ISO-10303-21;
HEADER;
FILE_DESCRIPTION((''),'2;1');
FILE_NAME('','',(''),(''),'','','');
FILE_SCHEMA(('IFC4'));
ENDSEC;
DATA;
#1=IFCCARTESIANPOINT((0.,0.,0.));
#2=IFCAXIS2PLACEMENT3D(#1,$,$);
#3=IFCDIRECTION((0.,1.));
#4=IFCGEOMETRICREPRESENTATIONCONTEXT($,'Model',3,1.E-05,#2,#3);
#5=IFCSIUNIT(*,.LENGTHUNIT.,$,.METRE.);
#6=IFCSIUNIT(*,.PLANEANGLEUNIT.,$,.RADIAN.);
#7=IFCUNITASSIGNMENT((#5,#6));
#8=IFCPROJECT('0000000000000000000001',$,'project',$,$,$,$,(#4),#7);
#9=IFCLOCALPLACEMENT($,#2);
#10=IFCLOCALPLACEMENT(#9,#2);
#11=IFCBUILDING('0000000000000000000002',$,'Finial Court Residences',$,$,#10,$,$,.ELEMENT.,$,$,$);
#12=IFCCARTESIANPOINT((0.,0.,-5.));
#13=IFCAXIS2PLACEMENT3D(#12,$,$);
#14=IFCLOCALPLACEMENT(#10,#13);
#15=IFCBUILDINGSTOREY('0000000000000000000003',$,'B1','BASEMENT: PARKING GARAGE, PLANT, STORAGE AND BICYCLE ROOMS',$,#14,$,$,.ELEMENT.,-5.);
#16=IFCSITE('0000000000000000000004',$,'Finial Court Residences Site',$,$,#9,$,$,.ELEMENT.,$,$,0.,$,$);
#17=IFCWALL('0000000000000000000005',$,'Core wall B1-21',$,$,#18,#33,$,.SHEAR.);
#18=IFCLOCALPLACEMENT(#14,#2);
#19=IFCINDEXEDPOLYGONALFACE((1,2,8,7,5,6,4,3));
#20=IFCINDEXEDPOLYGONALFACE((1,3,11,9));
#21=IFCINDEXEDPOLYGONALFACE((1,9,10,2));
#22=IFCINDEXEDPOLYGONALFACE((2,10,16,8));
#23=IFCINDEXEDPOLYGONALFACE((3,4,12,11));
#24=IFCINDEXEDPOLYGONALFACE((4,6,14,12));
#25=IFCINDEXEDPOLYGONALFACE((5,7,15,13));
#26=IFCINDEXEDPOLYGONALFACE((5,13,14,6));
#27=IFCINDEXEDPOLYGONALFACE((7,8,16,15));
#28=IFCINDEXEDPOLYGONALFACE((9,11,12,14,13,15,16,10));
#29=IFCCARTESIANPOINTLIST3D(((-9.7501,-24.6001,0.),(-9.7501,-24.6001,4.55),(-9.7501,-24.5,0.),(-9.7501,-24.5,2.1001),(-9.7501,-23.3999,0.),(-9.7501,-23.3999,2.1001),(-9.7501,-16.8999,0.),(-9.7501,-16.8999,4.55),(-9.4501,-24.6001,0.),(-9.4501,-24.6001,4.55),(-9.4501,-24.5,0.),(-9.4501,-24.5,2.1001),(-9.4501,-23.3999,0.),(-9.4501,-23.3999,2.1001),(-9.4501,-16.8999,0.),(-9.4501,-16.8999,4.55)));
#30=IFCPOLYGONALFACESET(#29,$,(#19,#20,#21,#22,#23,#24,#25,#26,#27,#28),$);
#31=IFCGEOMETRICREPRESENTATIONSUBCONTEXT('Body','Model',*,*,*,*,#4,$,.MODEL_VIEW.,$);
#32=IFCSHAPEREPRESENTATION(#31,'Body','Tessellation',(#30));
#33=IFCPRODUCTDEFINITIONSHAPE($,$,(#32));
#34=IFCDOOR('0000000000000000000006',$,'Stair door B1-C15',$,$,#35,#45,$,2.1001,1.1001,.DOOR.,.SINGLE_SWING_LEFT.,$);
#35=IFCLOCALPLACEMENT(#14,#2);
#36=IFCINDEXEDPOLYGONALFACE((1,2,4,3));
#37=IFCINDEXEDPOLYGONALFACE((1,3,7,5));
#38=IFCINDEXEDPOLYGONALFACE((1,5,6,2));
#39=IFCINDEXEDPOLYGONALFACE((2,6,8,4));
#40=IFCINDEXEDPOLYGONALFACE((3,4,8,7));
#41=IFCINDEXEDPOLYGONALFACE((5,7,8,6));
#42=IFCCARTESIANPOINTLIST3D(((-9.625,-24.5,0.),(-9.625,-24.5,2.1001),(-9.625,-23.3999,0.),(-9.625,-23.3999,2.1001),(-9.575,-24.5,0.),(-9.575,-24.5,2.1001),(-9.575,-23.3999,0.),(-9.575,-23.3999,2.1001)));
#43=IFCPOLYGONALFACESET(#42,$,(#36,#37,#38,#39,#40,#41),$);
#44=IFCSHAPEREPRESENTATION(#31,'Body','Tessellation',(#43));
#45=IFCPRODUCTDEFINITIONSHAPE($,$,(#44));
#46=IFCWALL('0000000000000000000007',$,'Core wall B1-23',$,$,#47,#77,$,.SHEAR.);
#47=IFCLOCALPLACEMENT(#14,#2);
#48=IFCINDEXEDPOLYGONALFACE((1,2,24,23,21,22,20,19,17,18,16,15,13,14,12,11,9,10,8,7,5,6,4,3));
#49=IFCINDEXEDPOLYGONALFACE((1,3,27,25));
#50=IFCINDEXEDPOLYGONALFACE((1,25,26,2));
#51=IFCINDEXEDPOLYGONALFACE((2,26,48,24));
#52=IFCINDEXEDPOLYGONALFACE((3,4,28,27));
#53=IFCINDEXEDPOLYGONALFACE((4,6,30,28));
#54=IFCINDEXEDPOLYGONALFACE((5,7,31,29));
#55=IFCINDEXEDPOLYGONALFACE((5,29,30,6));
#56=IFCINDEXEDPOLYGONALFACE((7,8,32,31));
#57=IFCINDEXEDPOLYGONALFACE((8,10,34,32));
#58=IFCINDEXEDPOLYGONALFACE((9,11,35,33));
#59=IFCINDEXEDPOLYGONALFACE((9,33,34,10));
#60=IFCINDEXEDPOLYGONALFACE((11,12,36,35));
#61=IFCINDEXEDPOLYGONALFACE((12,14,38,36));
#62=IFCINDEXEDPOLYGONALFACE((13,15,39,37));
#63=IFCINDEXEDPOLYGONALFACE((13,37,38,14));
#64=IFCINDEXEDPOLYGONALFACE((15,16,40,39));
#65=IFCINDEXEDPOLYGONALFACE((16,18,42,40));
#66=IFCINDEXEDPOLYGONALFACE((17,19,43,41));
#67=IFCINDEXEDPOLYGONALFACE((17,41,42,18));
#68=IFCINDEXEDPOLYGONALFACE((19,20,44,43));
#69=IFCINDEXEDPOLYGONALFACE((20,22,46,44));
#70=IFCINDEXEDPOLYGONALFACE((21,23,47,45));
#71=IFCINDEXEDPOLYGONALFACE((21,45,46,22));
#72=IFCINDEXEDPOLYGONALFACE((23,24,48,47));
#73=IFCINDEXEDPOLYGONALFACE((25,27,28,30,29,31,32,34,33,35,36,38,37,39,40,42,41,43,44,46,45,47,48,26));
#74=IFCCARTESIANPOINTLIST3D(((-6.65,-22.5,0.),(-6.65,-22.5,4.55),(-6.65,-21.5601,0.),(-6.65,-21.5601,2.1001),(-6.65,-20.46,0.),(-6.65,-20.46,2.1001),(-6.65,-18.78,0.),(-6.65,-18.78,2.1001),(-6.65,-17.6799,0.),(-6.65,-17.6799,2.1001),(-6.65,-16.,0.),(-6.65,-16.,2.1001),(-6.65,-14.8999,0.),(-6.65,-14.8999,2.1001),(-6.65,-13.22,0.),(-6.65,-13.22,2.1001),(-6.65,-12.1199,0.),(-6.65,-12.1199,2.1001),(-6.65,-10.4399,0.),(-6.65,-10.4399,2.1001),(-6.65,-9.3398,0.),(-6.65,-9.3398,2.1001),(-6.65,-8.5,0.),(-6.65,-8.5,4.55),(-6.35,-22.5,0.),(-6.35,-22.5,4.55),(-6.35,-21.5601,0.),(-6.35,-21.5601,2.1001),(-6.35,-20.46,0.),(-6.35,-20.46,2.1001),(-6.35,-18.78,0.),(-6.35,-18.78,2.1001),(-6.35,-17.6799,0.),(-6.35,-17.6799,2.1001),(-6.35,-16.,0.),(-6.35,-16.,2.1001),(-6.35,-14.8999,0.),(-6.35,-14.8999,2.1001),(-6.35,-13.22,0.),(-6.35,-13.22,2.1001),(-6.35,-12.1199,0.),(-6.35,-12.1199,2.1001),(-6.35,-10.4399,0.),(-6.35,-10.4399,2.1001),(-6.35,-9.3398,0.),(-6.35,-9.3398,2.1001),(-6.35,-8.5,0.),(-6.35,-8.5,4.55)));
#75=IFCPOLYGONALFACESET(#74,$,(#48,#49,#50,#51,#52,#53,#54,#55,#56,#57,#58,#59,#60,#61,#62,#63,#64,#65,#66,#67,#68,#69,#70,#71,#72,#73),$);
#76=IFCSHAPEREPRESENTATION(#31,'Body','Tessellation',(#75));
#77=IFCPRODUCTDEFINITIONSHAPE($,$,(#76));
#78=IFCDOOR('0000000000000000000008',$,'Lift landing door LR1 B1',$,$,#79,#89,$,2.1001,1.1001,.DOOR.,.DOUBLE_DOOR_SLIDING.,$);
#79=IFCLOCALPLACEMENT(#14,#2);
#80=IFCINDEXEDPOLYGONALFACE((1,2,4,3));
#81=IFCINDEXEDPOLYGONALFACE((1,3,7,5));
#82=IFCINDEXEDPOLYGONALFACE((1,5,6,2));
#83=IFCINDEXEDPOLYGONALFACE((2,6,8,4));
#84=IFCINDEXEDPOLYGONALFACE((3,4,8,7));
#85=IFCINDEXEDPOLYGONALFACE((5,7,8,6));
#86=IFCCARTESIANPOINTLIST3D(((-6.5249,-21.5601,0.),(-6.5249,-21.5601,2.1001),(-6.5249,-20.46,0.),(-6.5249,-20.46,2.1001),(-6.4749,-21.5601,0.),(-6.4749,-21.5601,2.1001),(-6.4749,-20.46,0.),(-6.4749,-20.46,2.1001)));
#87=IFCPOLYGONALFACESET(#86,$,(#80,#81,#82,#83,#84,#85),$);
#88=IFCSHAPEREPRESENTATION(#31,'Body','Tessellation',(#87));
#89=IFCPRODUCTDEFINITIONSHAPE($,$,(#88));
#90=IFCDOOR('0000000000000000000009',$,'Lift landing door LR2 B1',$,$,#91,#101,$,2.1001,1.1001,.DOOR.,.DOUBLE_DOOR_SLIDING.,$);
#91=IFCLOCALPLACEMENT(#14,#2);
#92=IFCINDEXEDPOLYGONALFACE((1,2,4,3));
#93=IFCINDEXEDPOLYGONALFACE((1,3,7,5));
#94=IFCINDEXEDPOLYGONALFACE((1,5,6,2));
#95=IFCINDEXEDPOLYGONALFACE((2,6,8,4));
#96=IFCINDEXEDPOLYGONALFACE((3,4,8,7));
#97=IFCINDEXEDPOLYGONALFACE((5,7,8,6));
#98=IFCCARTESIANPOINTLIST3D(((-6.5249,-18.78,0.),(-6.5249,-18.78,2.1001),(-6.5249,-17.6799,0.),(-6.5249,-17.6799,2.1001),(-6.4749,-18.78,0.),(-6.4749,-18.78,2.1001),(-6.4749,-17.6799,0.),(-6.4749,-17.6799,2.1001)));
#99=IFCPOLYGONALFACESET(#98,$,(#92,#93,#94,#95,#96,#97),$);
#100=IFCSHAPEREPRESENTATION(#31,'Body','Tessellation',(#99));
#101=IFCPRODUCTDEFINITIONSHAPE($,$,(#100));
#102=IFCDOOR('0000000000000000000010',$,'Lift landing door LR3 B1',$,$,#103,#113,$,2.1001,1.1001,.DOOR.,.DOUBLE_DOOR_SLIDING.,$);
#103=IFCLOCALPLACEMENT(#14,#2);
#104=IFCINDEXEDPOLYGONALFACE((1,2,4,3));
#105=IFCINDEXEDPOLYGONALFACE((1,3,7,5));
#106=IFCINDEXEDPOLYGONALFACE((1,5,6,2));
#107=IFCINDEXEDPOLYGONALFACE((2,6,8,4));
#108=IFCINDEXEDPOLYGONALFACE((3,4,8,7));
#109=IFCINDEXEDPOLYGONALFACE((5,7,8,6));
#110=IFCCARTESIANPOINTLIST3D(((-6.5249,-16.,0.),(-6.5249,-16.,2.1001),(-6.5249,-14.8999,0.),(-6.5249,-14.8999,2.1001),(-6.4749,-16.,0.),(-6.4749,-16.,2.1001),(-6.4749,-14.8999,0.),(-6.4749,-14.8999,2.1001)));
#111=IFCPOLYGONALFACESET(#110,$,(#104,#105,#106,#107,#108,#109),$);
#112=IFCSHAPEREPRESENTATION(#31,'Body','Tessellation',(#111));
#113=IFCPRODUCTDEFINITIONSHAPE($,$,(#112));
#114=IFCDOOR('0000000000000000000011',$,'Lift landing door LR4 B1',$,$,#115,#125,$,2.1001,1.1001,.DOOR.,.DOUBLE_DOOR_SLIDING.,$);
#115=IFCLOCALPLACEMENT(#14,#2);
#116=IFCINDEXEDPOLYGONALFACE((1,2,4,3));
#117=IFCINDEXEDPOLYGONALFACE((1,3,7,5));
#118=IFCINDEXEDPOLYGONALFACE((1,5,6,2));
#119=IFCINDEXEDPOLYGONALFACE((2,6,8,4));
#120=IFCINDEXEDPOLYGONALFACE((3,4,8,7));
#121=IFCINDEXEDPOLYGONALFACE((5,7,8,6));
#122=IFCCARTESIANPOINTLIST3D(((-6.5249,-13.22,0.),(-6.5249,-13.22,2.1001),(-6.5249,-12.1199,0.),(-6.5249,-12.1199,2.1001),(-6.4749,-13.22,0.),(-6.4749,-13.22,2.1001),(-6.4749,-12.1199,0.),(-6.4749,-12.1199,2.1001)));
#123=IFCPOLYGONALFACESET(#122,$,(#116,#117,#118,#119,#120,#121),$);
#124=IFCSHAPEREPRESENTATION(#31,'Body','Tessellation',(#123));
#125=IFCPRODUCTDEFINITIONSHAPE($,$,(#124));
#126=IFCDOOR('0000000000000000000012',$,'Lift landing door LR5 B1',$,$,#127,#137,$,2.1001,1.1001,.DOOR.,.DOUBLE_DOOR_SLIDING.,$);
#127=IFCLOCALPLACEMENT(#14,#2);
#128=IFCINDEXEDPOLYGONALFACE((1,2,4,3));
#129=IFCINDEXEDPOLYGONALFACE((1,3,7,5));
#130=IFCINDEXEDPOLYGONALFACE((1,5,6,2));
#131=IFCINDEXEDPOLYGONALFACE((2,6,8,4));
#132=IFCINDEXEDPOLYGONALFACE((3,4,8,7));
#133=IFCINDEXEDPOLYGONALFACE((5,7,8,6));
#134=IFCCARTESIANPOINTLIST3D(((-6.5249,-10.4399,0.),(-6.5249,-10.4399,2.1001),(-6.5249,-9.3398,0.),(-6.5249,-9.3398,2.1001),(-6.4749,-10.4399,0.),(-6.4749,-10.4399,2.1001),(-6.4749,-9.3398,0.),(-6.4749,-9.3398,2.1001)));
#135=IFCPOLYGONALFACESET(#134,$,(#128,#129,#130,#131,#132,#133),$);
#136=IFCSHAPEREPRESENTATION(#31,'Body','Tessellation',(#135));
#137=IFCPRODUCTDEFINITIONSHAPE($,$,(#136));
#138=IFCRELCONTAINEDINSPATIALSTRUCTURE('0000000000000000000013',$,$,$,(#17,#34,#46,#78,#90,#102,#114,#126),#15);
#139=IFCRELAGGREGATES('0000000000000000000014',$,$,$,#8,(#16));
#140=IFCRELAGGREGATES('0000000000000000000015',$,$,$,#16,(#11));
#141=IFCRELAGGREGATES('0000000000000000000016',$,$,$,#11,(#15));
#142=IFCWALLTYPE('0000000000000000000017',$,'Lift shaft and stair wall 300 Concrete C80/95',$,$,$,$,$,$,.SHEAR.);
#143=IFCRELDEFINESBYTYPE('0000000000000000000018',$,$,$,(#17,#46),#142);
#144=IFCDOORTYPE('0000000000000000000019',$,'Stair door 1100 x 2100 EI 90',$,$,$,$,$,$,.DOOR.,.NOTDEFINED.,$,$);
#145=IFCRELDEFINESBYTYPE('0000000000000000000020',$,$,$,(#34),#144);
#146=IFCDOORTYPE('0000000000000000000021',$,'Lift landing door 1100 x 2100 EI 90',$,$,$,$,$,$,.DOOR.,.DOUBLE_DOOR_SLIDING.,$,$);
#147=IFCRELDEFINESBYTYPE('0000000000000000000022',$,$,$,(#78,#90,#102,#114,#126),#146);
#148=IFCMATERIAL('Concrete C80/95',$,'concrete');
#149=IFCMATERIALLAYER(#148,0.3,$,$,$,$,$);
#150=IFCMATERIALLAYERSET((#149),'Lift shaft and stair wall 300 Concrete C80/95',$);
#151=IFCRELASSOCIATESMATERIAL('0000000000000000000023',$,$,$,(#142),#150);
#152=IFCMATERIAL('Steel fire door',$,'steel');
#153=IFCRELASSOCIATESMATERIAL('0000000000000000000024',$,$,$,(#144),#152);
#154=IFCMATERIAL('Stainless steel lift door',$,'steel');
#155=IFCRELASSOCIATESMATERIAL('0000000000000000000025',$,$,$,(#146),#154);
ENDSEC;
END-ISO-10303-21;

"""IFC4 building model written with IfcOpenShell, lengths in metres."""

from ifc_helpers import new_model, si_unit, direction, frame, frame_2d, origin, place, context, subcontext, project, spatial, rectangle, extrude, material, layer, layer_set, type_object, element, fill, save


model = new_model("IFC4")

# Units and contexts
model_context = context("Model", 3, precision=1e-05, world=origin(), true_north=direction((0.0, 1.0)))
body_context = subcontext(model_context, "Body", "Model", "MODEL_VIEW")
ifc_project = project(units=[si_unit("LENGTHUNIT", "METRE"), si_unit("PLANEANGLEUNIT", "RADIAN")], contexts=[model_context])

# Site, building, storey
site_placement = place(None, origin())
site = spatial("IfcSite", under=ifc_project, at=site_placement, Name="Finial Court Residences Site", CompositionType="ELEMENT", RefElevation=0.0)
building_placement = place(site_placement, origin())
building = spatial("IfcBuilding", under=site, at=building_placement, Name="Finial Court Residences", CompositionType="ELEMENT")
storey_placement = place(building_placement, frame((0.0, 0.0, -5.0)))
storey = spatial("IfcBuildingStorey", under=building, at=storey_placement, Name="B1", Description="BASEMENT: PARKING GARAGE, PLANT, STORAGE AND BICYCLE ROOMS", CompositionType="ELEMENT", Elevation=-5.0)

# Shared definitions
ifc_material_1 = material(Name="Concrete C80/95", Category="concrete")
ifc_layer_1 = layer(ifc_material_1, 0.3)
ifc_layer_set_1 = layer_set([ifc_layer_1], Name="Lift shaft and stair wall 300 Concrete C80/95")
wall_type_1 = type_object("IfcWallType", Name="Lift shaft and stair wall 300 Concrete C80/95", PredefinedType="SHEAR", material=ifc_layer_set_1)

# Wall, opening, door
wall_1_placement = place(storey_placement, frame((-9.6001, -24.6001, 0.0), z_axis=(0.0, 0.0, 1.0), x_axis=(0.0, 1.0, 0.0)))
wall_1 = element("IfcWall", 1, at=wall_1_placement, inside=storey, type_object=wall_type_1, Name="Core wall B1-21", PredefinedType="SHEAR", context=body_context, shape_type="SweptSolid", body=[
    extrude(rectangle(XDim=7.7002, YDim=0.3, at=frame_2d((3.8501, 0.0))), origin(), (0.0, 0.0, 1.0), 4.55),
])
opening_1_placement = place(wall_1_placement, frame((0.1001, 0.0, 0.0)))
opening_1 = element("IfcOpeningElement", 2, at=opening_1_placement, cuts=wall_1, PredefinedType="OPENING", context=body_context, shape_type="SweptSolid", body=[
    extrude(rectangle(XDim=1.1001, YDim=2.1001, at=frame_2d((0.55, 1.05))), frame((0.0, 0.1599, 0.0), z_axis=(0.0, -1.0, 0.0), x_axis=(1.0, 0.0, 0.0)), (0.0, 0.0, 1.0), 0.3201),
])
ifc_material_2 = material(Name="Steel fire door", Category="steel")
door_type_1 = type_object("IfcDoorType", Name="Stair door 1100 x 2100 EI 90", OperationType="NOTDEFINED", PredefinedType="DOOR", material=ifc_material_2)
door_1_placement = place(opening_1_placement, origin())
door_1 = element("IfcDoor", 3, at=door_1_placement, inside=storey, type_object=door_type_1, Name="Stair door B1-C15", OperationType="SINGLE_SWING_LEFT", OverallHeight=2.1001, OverallWidth=1.1001, PredefinedType="DOOR", context=body_context, shape_type="SweptSolid", body=[
    extrude(rectangle(XDim=1.1001, YDim=2.1001, at=frame_2d((0.55, 1.05))), frame((0.0, 0.0249, 0.0), z_axis=(0.0, -1.0, 0.0), x_axis=(1.0, 0.0, 0.0)), (0.0, 0.0, 1.0), 0.05),
])
fill(opening_1, door_1)

# Wall, openings, doors
wall_2_placement = place(storey_placement, frame((-6.5, -22.5, 0.0), z_axis=(0.0, 0.0, 1.0), x_axis=(0.0, 1.0, 0.0)))
wall_2 = element("IfcWall", 4, at=wall_2_placement, inside=storey, type_object=wall_type_1, Name="Core wall B1-23", PredefinedType="SHEAR", context=body_context, shape_type="SweptSolid", body=[
    extrude(rectangle(XDim=14.0, YDim=0.3, at=frame_2d((7.0, 0.0))), origin(), (0.0, 0.0, 1.0), 4.55),
])
opening_2_placement = place(wall_2_placement, frame((0.9399, 0.0, 0.0)))
opening_2 = element("IfcOpeningElement", 5, at=opening_2_placement, cuts=wall_2, PredefinedType="OPENING", context=body_context, shape_type="SweptSolid", body=[
    extrude(rectangle(XDim=1.1001, YDim=2.1001, at=frame_2d((0.55, 1.05))), frame((0.0, 0.1599, 0.0), z_axis=(0.0, -1.0, 0.0), x_axis=(1.0, 0.0, 0.0)), (0.0, 0.0, 1.0), 0.3201),
])
opening_3_placement = place(wall_2_placement, frame((3.72, 0.0, 0.0)))
opening_3 = element("IfcOpeningElement", 6, at=opening_3_placement, cuts=wall_2, PredefinedType="OPENING", context=body_context, shape_type="SweptSolid", body=[
    extrude(rectangle(XDim=1.1001, YDim=2.1001, at=frame_2d((0.55, 1.05))), frame((0.0, 0.1599, 0.0), z_axis=(0.0, -1.0, 0.0), x_axis=(1.0, 0.0, 0.0)), (0.0, 0.0, 1.0), 0.3201),
])
opening_4_placement = place(wall_2_placement, frame((6.5, 0.0, 0.0)))
opening_4 = element("IfcOpeningElement", 7, at=opening_4_placement, cuts=wall_2, PredefinedType="OPENING", context=body_context, shape_type="SweptSolid", body=[
    extrude(rectangle(XDim=1.1001, YDim=2.1001, at=frame_2d((0.55, 1.05))), frame((0.0, 0.1599, 0.0), z_axis=(0.0, -1.0, 0.0), x_axis=(1.0, 0.0, 0.0)), (0.0, 0.0, 1.0), 0.3201),
])
opening_5_placement = place(wall_2_placement, frame((9.28, 0.0, 0.0)))
opening_5 = element("IfcOpeningElement", 8, at=opening_5_placement, cuts=wall_2, PredefinedType="OPENING", context=body_context, shape_type="SweptSolid", body=[
    extrude(rectangle(XDim=1.1001, YDim=2.1001, at=frame_2d((0.55, 1.05))), frame((0.0, 0.1599, 0.0), z_axis=(0.0, -1.0, 0.0), x_axis=(1.0, 0.0, 0.0)), (0.0, 0.0, 1.0), 0.3201),
])
opening_6_placement = place(wall_2_placement, frame((12.0601, 0.0, 0.0)))
opening_6 = element("IfcOpeningElement", 9, at=opening_6_placement, cuts=wall_2, PredefinedType="OPENING", context=body_context, shape_type="SweptSolid", body=[
    extrude(rectangle(XDim=1.1001, YDim=2.1001, at=frame_2d((0.55, 1.05))), frame((0.0, 0.1599, 0.0), z_axis=(0.0, -1.0, 0.0), x_axis=(1.0, 0.0, 0.0)), (0.0, 0.0, 1.0), 0.3201),
])
ifc_material_3 = material(Name="Stainless steel lift door", Category="steel")
door_type_2 = type_object("IfcDoorType", Name="Lift landing door 1100 x 2100 EI 90", OperationType="DOUBLE_DOOR_SLIDING", PredefinedType="DOOR", material=ifc_material_3)
door_2_placement = place(opening_2_placement, origin())
door_2 = element("IfcDoor", 10, at=door_2_placement, inside=storey, type_object=door_type_2, Name="Lift landing door LR1 B1", OperationType="DOUBLE_DOOR_SLIDING", OverallHeight=2.1001, OverallWidth=1.1001, PredefinedType="DOOR", context=body_context, shape_type="SweptSolid", body=[
    extrude(rectangle(XDim=1.1001, YDim=2.1001, at=frame_2d((0.55, 1.05))), frame((0.0, 0.0249, 0.0), z_axis=(0.0, -1.0, 0.0), x_axis=(1.0, 0.0, 0.0)), (0.0, 0.0, 1.0), 0.05),
])
fill(opening_2, door_2)
door_3_placement = place(opening_3_placement, origin())
door_3 = element("IfcDoor", 11, at=door_3_placement, inside=storey, type_object=door_type_2, Name="Lift landing door LR2 B1", OperationType="DOUBLE_DOOR_SLIDING", OverallHeight=2.1001, OverallWidth=1.1001, PredefinedType="DOOR", context=body_context, shape_type="SweptSolid", body=[
    extrude(rectangle(XDim=1.1001, YDim=2.1001, at=frame_2d((0.55, 1.05))), frame((0.0, 0.0249, 0.0), z_axis=(0.0, -1.0, 0.0), x_axis=(1.0, 0.0, 0.0)), (0.0, 0.0, 1.0), 0.05),
])
fill(opening_3, door_3)
door_4_placement = place(opening_4_placement, origin())
door_4 = element("IfcDoor", 12, at=door_4_placement, inside=storey, type_object=door_type_2, Name="Lift landing door LR3 B1", OperationType="DOUBLE_DOOR_SLIDING", OverallHeight=2.1001, OverallWidth=1.1001, PredefinedType="DOOR", context=body_context, shape_type="SweptSolid", body=[
    extrude(rectangle(XDim=1.1001, YDim=2.1001, at=frame_2d((0.55, 1.05))), frame((0.0, 0.0249, 0.0), z_axis=(0.0, -1.0, 0.0), x_axis=(1.0, 0.0, 0.0)), (0.0, 0.0, 1.0), 0.05),
])
fill(opening_4, door_4)
door_5_placement = place(opening_5_placement, origin())
door_5 = element("IfcDoor", 13, at=door_5_placement, inside=storey, type_object=door_type_2, Name="Lift landing door LR4 B1", OperationType="DOUBLE_DOOR_SLIDING", OverallHeight=2.1001, OverallWidth=1.1001, PredefinedType="DOOR", context=body_context, shape_type="SweptSolid", body=[
    extrude(rectangle(XDim=1.1001, YDim=2.1001, at=frame_2d((0.55, 1.05))), frame((0.0, 0.0249, 0.0), z_axis=(0.0, -1.0, 0.0), x_axis=(1.0, 0.0, 0.0)), (0.0, 0.0, 1.0), 0.05),
])
fill(opening_5, door_5)
door_6_placement = place(opening_6_placement, origin())
door_6 = element("IfcDoor", 14, at=door_6_placement, inside=storey, type_object=door_type_2, Name="Lift landing door LR5 B1", OperationType="DOUBLE_DOOR_SLIDING", OverallHeight=2.1001, OverallWidth=1.1001, PredefinedType="DOOR", context=body_context, shape_type="SweptSolid", body=[
    extrude(rectangle(XDim=1.1001, YDim=2.1001, at=frame_2d((0.55, 1.05))), frame((0.0, 0.0249, 0.0), z_axis=(0.0, -1.0, 0.0), x_axis=(1.0, 0.0, 0.0)), (0.0, 0.0, 1.0), 0.05),
])
fill(opening_6, door_6)

save(model, "model.ifc")
